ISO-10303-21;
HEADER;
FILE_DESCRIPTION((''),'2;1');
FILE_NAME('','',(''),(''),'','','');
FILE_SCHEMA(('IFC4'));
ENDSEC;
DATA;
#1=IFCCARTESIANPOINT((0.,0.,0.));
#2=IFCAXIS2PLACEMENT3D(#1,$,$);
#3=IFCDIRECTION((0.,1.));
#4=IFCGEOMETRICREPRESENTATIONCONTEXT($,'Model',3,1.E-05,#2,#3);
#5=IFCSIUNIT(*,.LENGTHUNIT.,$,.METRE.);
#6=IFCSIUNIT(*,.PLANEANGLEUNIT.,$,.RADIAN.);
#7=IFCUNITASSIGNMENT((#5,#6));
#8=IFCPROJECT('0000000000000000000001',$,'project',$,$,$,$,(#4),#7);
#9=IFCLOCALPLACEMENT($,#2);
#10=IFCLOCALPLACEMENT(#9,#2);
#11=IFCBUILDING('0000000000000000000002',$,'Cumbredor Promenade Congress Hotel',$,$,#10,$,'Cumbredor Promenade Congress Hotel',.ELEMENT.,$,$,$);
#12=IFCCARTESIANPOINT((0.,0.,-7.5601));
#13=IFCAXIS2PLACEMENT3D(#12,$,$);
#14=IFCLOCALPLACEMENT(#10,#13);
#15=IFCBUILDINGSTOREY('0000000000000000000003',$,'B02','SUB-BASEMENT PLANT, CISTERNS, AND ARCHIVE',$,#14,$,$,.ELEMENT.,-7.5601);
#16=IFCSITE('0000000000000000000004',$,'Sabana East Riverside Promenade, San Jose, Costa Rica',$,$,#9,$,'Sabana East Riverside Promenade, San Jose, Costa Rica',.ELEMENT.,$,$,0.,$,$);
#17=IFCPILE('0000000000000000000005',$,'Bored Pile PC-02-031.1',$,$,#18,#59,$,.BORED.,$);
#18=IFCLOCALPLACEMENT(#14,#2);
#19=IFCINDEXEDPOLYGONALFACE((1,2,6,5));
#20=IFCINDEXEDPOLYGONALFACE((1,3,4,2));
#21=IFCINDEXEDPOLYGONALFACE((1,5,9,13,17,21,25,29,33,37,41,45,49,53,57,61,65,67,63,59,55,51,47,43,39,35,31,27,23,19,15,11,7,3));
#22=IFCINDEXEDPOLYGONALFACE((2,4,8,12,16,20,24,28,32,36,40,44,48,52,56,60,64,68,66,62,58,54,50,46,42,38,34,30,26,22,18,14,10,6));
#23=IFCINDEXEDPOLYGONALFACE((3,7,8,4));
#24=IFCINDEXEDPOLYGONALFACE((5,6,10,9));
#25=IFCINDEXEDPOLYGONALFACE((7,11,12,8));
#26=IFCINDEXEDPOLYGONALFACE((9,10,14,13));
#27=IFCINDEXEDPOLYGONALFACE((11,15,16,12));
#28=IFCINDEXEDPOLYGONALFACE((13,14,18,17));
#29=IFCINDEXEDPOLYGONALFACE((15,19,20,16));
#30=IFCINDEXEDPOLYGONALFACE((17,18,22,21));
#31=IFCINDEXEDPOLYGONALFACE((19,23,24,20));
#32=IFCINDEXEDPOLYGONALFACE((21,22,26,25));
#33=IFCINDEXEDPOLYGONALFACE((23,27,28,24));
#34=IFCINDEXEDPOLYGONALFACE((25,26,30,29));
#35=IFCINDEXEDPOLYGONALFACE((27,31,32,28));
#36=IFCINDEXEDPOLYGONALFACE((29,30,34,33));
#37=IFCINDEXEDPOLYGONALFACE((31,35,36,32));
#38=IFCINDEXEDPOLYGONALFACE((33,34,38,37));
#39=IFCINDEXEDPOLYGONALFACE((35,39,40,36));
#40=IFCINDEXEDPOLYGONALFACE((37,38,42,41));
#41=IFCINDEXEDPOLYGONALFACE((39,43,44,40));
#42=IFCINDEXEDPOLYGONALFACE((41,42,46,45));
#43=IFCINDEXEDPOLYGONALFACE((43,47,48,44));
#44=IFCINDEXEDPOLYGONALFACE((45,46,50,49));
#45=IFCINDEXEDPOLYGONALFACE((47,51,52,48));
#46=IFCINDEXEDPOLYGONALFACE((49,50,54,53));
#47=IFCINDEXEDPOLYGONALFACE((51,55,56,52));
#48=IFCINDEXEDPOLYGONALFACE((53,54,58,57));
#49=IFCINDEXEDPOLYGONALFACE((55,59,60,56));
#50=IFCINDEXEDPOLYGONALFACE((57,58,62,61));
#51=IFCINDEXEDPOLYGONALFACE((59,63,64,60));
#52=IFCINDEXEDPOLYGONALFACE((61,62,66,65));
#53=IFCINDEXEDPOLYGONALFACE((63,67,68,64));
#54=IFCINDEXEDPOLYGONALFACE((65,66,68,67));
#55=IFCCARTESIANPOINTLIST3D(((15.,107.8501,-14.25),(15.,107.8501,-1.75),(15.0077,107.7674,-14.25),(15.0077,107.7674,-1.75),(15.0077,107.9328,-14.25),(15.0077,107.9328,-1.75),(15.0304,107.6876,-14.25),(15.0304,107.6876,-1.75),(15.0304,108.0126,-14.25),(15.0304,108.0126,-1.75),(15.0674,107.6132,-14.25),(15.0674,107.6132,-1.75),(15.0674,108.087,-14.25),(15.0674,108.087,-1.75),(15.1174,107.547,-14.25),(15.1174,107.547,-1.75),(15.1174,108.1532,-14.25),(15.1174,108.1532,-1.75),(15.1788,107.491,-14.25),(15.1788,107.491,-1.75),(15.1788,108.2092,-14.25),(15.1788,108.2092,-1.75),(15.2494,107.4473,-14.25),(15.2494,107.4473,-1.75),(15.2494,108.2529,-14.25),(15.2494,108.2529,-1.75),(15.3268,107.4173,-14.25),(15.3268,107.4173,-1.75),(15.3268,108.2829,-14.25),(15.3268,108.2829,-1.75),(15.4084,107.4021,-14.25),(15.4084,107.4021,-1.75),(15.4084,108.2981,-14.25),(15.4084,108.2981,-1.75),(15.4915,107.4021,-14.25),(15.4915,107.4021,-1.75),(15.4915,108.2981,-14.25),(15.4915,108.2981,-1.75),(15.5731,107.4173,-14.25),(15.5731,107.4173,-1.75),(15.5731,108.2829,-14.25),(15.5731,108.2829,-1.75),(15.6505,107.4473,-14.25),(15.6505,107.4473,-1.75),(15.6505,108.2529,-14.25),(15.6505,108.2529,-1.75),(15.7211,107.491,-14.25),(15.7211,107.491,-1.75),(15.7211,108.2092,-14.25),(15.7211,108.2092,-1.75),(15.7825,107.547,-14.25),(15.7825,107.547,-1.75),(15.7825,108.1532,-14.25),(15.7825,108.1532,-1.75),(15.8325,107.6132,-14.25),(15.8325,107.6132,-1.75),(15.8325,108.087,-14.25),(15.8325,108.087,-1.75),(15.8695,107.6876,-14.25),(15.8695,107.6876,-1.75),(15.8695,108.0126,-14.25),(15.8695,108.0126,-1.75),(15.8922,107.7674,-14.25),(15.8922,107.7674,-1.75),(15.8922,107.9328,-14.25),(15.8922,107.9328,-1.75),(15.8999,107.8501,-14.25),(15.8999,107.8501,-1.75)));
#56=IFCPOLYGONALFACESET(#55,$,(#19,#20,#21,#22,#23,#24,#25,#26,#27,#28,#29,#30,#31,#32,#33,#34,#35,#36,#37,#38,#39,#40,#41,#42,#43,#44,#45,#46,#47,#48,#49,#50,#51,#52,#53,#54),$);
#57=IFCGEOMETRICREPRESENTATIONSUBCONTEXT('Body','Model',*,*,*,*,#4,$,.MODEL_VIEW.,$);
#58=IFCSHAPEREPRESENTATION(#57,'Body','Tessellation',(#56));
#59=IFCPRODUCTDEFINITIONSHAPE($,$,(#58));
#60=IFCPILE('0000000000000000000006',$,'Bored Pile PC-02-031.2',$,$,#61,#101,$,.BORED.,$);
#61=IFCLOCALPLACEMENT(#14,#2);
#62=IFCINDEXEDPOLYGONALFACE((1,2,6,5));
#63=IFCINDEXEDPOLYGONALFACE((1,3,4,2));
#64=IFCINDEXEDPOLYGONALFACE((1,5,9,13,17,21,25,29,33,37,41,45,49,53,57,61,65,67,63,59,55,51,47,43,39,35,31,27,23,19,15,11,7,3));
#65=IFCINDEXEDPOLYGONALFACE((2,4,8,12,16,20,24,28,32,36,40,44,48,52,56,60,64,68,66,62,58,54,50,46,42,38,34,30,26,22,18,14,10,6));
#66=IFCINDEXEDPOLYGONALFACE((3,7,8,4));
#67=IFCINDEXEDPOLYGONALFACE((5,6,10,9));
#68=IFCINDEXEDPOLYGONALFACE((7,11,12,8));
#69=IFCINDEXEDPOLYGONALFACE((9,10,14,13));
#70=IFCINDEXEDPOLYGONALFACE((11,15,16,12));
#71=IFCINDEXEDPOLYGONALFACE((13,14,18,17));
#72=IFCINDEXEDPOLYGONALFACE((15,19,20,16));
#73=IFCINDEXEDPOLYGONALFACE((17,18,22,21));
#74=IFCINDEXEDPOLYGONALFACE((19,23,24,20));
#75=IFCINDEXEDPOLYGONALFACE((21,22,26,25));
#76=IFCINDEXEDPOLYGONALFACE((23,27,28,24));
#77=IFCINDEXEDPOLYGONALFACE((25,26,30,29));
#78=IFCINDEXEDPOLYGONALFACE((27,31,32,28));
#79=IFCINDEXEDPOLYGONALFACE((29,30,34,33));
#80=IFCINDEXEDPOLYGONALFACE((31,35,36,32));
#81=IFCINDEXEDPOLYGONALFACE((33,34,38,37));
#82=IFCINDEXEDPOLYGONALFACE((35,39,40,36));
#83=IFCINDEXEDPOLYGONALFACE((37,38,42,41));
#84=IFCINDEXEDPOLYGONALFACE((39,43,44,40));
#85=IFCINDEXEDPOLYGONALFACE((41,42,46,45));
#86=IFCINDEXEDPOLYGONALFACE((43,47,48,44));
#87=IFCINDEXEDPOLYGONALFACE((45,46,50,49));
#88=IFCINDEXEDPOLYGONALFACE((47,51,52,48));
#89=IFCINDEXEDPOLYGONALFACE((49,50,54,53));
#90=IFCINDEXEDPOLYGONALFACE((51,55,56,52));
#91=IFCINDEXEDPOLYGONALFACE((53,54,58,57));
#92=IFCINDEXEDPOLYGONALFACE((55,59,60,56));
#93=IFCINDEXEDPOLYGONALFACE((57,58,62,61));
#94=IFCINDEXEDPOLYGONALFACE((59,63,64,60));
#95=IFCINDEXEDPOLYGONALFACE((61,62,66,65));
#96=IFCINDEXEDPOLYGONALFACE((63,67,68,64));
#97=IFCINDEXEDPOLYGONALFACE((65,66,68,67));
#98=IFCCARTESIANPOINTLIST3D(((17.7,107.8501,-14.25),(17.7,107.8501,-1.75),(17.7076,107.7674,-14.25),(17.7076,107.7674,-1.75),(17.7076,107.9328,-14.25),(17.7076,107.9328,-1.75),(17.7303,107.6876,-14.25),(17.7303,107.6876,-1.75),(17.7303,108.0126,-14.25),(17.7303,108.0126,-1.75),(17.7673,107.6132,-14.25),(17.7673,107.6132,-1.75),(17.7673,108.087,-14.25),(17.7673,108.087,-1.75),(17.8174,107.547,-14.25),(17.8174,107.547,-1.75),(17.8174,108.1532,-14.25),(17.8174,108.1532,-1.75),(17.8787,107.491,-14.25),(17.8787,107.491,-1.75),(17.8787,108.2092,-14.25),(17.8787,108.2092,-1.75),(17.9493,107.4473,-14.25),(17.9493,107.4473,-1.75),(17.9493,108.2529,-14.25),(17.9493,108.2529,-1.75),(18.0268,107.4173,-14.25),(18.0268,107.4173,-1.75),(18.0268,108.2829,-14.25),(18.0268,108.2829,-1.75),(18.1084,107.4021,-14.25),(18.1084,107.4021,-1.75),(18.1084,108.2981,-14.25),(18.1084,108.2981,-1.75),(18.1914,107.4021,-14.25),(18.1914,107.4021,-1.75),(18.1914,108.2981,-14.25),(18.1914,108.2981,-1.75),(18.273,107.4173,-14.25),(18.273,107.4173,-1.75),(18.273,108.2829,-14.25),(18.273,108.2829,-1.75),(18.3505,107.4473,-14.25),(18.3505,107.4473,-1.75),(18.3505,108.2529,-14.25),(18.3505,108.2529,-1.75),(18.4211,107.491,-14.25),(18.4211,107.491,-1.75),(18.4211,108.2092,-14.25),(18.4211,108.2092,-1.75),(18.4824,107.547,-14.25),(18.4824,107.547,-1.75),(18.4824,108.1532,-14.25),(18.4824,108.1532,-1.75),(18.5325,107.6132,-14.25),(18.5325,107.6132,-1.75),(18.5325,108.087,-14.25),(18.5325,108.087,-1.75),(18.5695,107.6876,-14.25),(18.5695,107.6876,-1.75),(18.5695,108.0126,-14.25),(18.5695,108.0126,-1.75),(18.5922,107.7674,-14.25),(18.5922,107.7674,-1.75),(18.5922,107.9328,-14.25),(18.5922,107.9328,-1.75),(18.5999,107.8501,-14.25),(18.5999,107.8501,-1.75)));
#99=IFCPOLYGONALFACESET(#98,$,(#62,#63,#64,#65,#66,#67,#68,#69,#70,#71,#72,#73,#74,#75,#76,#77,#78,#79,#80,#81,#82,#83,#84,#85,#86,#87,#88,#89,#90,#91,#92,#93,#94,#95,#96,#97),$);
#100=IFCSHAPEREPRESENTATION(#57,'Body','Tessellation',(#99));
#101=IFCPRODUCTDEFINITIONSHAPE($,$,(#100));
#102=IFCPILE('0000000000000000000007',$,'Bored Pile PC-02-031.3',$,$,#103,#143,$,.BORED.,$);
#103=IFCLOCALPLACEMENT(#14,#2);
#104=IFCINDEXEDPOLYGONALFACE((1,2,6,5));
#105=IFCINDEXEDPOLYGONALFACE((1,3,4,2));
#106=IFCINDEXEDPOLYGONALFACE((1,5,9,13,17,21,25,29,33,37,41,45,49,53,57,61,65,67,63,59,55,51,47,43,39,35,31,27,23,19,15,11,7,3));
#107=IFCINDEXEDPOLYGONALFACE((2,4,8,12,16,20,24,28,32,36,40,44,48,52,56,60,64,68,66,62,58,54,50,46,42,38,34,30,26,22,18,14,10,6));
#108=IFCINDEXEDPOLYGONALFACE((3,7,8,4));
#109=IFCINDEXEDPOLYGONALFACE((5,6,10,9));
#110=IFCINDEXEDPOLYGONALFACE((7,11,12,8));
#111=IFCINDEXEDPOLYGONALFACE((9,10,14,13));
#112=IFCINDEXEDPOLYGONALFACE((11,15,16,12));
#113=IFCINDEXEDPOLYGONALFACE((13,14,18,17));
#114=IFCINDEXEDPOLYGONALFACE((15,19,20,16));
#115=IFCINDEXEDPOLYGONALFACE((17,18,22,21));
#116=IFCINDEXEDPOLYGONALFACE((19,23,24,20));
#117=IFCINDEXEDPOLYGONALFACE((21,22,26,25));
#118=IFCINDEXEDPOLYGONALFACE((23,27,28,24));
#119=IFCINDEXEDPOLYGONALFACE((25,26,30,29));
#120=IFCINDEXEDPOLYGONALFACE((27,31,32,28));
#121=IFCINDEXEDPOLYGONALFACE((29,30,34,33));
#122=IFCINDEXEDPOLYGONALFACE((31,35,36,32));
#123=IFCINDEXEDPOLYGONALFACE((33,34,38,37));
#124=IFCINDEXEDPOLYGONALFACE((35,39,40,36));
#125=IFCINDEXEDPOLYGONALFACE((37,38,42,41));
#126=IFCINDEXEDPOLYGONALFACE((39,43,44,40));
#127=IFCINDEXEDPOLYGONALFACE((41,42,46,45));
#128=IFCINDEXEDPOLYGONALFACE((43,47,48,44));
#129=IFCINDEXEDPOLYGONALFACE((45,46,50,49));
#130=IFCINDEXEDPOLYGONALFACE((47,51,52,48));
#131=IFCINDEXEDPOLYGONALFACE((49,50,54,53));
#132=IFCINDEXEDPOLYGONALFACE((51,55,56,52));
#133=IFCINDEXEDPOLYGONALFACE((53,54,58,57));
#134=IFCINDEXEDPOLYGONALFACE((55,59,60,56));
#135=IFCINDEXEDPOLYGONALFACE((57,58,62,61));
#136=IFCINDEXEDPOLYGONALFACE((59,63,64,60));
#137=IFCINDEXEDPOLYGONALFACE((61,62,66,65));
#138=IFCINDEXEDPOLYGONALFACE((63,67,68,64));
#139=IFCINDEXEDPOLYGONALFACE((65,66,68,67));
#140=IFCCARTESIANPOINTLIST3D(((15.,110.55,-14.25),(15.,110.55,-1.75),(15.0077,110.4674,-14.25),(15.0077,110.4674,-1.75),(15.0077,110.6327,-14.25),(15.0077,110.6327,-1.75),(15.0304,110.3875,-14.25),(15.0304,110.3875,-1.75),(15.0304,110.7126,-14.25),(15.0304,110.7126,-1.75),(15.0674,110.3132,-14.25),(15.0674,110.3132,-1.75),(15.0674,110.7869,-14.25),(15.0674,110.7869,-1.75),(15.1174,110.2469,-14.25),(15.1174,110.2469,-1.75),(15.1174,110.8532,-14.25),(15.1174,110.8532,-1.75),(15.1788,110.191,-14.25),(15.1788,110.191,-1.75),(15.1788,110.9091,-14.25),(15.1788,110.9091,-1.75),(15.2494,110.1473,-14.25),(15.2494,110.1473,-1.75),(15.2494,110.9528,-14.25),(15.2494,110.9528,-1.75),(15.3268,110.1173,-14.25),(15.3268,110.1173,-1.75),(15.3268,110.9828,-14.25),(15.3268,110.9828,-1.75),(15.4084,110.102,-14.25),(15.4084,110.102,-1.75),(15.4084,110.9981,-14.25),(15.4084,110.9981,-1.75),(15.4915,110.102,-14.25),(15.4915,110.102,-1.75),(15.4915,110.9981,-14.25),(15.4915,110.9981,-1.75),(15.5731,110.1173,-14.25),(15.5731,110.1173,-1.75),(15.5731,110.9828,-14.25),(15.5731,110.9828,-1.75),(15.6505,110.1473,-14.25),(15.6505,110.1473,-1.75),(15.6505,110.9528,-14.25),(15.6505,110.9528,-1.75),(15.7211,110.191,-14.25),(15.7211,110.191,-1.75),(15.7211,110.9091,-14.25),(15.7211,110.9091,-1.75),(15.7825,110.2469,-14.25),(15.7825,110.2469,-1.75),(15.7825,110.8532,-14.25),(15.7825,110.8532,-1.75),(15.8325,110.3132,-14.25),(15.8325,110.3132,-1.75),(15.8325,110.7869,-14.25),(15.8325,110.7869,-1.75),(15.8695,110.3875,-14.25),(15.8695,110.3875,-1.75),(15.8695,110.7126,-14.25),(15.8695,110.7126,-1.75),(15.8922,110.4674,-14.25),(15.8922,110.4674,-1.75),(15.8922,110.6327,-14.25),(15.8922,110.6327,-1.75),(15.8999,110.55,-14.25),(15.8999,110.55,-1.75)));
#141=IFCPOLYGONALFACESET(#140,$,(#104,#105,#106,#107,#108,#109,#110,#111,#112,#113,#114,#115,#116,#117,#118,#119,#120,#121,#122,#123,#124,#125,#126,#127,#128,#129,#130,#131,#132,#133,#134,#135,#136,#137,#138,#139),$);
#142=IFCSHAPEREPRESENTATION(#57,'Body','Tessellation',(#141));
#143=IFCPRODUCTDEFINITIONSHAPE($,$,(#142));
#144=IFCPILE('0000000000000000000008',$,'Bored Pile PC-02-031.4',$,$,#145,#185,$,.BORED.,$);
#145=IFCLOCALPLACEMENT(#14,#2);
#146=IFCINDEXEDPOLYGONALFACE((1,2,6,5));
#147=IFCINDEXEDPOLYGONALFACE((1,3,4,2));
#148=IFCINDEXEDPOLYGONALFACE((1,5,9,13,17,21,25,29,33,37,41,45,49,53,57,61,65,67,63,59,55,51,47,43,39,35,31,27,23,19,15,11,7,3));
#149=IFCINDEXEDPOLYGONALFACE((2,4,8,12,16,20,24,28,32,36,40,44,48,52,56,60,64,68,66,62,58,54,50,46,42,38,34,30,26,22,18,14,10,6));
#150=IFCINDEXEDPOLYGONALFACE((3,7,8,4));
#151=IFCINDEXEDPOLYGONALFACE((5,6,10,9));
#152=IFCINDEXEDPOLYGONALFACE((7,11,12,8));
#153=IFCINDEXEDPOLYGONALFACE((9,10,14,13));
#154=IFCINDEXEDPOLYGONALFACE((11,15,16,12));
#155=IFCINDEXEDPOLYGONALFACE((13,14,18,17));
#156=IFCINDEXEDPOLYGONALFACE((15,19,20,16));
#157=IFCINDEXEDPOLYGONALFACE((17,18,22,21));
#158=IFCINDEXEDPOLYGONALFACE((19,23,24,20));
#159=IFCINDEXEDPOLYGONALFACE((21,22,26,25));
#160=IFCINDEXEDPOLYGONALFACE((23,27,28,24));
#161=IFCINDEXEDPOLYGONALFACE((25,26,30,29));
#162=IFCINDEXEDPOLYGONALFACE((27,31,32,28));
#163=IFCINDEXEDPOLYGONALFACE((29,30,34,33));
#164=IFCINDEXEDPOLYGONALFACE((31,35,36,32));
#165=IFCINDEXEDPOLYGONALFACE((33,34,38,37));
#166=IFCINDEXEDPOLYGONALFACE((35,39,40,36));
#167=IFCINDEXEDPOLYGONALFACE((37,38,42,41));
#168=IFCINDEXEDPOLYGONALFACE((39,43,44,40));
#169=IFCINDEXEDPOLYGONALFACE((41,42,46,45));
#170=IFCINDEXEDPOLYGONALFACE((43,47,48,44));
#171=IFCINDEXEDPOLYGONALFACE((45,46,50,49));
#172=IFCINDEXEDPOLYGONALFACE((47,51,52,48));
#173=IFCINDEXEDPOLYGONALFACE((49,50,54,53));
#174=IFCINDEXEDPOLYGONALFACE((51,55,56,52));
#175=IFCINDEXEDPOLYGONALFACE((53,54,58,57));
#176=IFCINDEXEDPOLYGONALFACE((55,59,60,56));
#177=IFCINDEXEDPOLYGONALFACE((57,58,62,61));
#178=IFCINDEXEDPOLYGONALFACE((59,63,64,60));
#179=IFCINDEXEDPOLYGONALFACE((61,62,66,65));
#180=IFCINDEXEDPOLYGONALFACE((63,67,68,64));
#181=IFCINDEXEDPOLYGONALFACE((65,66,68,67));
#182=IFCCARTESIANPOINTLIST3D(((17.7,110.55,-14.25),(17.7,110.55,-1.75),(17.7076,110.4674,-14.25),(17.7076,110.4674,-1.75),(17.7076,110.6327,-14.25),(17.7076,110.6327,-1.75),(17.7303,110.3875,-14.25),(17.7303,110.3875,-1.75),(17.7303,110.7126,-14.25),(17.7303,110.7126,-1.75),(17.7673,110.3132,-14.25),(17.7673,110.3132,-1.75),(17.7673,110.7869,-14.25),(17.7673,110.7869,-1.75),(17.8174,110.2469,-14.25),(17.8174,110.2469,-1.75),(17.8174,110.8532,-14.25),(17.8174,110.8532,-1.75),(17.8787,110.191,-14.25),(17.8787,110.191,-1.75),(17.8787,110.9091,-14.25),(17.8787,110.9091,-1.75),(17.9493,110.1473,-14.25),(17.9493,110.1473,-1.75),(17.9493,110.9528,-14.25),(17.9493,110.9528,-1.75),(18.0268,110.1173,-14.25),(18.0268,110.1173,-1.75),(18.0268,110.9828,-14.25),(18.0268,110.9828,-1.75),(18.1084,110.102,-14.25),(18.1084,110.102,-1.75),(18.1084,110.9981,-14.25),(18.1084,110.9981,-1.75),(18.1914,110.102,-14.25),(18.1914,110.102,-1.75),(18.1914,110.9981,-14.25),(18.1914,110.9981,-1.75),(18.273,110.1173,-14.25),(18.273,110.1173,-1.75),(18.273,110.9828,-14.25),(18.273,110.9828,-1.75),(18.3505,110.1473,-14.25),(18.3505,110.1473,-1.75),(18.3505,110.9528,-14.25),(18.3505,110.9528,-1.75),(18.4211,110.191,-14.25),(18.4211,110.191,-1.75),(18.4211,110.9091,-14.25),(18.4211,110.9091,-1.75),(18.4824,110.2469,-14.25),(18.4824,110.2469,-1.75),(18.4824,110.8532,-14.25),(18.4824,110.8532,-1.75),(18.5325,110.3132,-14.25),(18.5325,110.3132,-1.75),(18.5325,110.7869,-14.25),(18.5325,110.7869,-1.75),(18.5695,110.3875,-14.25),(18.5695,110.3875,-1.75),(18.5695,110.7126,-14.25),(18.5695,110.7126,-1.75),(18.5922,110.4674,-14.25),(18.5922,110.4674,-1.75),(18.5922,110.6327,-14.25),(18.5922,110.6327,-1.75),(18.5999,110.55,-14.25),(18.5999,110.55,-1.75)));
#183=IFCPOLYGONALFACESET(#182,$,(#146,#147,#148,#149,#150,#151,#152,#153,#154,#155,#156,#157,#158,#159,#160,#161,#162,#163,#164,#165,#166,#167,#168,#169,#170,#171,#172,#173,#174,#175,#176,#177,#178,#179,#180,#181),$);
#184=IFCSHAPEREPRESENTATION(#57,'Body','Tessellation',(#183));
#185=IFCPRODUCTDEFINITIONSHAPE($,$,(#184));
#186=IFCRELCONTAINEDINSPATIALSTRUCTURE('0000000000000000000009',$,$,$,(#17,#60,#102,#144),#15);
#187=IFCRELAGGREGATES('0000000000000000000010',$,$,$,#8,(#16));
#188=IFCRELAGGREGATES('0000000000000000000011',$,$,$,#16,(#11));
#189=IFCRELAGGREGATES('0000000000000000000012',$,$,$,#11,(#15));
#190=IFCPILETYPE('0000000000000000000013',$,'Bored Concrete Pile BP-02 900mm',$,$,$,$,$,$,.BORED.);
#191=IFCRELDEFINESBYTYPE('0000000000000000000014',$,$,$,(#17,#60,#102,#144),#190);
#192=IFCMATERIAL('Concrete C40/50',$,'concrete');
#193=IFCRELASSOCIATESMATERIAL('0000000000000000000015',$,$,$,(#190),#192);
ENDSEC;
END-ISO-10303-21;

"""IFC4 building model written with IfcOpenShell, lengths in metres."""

from ifc_helpers import new_model, si_unit, direction, frame, origin, origin_2d, place, context, subcontext, project, spatial, circle, extrude, material, material_profile, profile_set, type_object, element, save


model = new_model("IFC4")

# Units and contexts
model_context = context("Model", 3, precision=1e-05, world=origin(), true_north=direction((0.0, 1.0)))
body_context = subcontext(model_context, "Body", "Model", "MODEL_VIEW")
ifc_project = project(units=[si_unit("LENGTHUNIT", "METRE"), si_unit("PLANEANGLEUNIT", "RADIAN")], contexts=[model_context])

# Site, building, storey
site_placement = place(None, origin())
site = spatial("IfcSite", under=ifc_project, at=site_placement, Name="Sabana East Riverside Promenade, San Jose, Costa Rica", LongName="Sabana East Riverside Promenade, San Jose, Costa Rica", CompositionType="ELEMENT", RefElevation=0.0)
building_placement = place(site_placement, origin())
building = spatial("IfcBuilding", under=site, at=building_placement, Name="Cumbredor Promenade Congress Hotel", LongName="Cumbredor Promenade Congress Hotel", CompositionType="ELEMENT")
storey_placement = place(building_placement, frame((0.0, 0.0, -7.5601)))
storey = spatial("IfcBuildingStorey", under=building, at=storey_placement, Name="B02", Description="SUB-BASEMENT PLANT, CISTERNS, AND ARCHIVE", CompositionType="ELEMENT", Elevation=-7.5601)

# Piles
ifc_material_1 = material(Name="Concrete C40/50", Category="concrete")
ifc_material_profile_1 = material_profile(ifc_material_1, circle(Radius=0.45, at=origin_2d()), Name="PILE D900")
ifc_profile_set_1 = profile_set([ifc_material_profile_1], Name="Concrete C40/50")
pile_type = type_object("IfcPileType", Name="Bored Concrete Pile BP-02 900mm", PredefinedType="BORED", material=ifc_profile_set_1)
for number, where, z_axis, x_axis, name in (
    (1, (15.45, 107.8501, -1.75), (0.0, 0.0, -1.0), (1.0, 0.0, 0.0), "Bored Pile PC-02-031.1"),
    (2, (18.1499, 107.8501, -1.75), (0.0, 0.0, -1.0), (1.0, 0.0, 0.0), "Bored Pile PC-02-031.2"),
    (3, (15.45, 110.55, -1.75), (0.0, 0.0, -1.0), (1.0, 0.0, 0.0), "Bored Pile PC-02-031.3"),
    (4, (18.1499, 110.55, -1.75), (0.0, 0.0, -1.0), (1.0, 0.0, 0.0), "Bored Pile PC-02-031.4"),
):
    element("IfcPile", number, at=place(storey_placement, frame(where, z_axis=z_axis, x_axis=x_axis)), inside=storey, type_object=pile_type, Name=name, PredefinedType="BORED", context=body_context, shape_type="SweptSolid", body=[
        extrude(circle(Radius=0.45, at=origin_2d()), origin(), (0.0, 0.0, 1.0), 12.5),
    ])

save(model, "model.ifc")
